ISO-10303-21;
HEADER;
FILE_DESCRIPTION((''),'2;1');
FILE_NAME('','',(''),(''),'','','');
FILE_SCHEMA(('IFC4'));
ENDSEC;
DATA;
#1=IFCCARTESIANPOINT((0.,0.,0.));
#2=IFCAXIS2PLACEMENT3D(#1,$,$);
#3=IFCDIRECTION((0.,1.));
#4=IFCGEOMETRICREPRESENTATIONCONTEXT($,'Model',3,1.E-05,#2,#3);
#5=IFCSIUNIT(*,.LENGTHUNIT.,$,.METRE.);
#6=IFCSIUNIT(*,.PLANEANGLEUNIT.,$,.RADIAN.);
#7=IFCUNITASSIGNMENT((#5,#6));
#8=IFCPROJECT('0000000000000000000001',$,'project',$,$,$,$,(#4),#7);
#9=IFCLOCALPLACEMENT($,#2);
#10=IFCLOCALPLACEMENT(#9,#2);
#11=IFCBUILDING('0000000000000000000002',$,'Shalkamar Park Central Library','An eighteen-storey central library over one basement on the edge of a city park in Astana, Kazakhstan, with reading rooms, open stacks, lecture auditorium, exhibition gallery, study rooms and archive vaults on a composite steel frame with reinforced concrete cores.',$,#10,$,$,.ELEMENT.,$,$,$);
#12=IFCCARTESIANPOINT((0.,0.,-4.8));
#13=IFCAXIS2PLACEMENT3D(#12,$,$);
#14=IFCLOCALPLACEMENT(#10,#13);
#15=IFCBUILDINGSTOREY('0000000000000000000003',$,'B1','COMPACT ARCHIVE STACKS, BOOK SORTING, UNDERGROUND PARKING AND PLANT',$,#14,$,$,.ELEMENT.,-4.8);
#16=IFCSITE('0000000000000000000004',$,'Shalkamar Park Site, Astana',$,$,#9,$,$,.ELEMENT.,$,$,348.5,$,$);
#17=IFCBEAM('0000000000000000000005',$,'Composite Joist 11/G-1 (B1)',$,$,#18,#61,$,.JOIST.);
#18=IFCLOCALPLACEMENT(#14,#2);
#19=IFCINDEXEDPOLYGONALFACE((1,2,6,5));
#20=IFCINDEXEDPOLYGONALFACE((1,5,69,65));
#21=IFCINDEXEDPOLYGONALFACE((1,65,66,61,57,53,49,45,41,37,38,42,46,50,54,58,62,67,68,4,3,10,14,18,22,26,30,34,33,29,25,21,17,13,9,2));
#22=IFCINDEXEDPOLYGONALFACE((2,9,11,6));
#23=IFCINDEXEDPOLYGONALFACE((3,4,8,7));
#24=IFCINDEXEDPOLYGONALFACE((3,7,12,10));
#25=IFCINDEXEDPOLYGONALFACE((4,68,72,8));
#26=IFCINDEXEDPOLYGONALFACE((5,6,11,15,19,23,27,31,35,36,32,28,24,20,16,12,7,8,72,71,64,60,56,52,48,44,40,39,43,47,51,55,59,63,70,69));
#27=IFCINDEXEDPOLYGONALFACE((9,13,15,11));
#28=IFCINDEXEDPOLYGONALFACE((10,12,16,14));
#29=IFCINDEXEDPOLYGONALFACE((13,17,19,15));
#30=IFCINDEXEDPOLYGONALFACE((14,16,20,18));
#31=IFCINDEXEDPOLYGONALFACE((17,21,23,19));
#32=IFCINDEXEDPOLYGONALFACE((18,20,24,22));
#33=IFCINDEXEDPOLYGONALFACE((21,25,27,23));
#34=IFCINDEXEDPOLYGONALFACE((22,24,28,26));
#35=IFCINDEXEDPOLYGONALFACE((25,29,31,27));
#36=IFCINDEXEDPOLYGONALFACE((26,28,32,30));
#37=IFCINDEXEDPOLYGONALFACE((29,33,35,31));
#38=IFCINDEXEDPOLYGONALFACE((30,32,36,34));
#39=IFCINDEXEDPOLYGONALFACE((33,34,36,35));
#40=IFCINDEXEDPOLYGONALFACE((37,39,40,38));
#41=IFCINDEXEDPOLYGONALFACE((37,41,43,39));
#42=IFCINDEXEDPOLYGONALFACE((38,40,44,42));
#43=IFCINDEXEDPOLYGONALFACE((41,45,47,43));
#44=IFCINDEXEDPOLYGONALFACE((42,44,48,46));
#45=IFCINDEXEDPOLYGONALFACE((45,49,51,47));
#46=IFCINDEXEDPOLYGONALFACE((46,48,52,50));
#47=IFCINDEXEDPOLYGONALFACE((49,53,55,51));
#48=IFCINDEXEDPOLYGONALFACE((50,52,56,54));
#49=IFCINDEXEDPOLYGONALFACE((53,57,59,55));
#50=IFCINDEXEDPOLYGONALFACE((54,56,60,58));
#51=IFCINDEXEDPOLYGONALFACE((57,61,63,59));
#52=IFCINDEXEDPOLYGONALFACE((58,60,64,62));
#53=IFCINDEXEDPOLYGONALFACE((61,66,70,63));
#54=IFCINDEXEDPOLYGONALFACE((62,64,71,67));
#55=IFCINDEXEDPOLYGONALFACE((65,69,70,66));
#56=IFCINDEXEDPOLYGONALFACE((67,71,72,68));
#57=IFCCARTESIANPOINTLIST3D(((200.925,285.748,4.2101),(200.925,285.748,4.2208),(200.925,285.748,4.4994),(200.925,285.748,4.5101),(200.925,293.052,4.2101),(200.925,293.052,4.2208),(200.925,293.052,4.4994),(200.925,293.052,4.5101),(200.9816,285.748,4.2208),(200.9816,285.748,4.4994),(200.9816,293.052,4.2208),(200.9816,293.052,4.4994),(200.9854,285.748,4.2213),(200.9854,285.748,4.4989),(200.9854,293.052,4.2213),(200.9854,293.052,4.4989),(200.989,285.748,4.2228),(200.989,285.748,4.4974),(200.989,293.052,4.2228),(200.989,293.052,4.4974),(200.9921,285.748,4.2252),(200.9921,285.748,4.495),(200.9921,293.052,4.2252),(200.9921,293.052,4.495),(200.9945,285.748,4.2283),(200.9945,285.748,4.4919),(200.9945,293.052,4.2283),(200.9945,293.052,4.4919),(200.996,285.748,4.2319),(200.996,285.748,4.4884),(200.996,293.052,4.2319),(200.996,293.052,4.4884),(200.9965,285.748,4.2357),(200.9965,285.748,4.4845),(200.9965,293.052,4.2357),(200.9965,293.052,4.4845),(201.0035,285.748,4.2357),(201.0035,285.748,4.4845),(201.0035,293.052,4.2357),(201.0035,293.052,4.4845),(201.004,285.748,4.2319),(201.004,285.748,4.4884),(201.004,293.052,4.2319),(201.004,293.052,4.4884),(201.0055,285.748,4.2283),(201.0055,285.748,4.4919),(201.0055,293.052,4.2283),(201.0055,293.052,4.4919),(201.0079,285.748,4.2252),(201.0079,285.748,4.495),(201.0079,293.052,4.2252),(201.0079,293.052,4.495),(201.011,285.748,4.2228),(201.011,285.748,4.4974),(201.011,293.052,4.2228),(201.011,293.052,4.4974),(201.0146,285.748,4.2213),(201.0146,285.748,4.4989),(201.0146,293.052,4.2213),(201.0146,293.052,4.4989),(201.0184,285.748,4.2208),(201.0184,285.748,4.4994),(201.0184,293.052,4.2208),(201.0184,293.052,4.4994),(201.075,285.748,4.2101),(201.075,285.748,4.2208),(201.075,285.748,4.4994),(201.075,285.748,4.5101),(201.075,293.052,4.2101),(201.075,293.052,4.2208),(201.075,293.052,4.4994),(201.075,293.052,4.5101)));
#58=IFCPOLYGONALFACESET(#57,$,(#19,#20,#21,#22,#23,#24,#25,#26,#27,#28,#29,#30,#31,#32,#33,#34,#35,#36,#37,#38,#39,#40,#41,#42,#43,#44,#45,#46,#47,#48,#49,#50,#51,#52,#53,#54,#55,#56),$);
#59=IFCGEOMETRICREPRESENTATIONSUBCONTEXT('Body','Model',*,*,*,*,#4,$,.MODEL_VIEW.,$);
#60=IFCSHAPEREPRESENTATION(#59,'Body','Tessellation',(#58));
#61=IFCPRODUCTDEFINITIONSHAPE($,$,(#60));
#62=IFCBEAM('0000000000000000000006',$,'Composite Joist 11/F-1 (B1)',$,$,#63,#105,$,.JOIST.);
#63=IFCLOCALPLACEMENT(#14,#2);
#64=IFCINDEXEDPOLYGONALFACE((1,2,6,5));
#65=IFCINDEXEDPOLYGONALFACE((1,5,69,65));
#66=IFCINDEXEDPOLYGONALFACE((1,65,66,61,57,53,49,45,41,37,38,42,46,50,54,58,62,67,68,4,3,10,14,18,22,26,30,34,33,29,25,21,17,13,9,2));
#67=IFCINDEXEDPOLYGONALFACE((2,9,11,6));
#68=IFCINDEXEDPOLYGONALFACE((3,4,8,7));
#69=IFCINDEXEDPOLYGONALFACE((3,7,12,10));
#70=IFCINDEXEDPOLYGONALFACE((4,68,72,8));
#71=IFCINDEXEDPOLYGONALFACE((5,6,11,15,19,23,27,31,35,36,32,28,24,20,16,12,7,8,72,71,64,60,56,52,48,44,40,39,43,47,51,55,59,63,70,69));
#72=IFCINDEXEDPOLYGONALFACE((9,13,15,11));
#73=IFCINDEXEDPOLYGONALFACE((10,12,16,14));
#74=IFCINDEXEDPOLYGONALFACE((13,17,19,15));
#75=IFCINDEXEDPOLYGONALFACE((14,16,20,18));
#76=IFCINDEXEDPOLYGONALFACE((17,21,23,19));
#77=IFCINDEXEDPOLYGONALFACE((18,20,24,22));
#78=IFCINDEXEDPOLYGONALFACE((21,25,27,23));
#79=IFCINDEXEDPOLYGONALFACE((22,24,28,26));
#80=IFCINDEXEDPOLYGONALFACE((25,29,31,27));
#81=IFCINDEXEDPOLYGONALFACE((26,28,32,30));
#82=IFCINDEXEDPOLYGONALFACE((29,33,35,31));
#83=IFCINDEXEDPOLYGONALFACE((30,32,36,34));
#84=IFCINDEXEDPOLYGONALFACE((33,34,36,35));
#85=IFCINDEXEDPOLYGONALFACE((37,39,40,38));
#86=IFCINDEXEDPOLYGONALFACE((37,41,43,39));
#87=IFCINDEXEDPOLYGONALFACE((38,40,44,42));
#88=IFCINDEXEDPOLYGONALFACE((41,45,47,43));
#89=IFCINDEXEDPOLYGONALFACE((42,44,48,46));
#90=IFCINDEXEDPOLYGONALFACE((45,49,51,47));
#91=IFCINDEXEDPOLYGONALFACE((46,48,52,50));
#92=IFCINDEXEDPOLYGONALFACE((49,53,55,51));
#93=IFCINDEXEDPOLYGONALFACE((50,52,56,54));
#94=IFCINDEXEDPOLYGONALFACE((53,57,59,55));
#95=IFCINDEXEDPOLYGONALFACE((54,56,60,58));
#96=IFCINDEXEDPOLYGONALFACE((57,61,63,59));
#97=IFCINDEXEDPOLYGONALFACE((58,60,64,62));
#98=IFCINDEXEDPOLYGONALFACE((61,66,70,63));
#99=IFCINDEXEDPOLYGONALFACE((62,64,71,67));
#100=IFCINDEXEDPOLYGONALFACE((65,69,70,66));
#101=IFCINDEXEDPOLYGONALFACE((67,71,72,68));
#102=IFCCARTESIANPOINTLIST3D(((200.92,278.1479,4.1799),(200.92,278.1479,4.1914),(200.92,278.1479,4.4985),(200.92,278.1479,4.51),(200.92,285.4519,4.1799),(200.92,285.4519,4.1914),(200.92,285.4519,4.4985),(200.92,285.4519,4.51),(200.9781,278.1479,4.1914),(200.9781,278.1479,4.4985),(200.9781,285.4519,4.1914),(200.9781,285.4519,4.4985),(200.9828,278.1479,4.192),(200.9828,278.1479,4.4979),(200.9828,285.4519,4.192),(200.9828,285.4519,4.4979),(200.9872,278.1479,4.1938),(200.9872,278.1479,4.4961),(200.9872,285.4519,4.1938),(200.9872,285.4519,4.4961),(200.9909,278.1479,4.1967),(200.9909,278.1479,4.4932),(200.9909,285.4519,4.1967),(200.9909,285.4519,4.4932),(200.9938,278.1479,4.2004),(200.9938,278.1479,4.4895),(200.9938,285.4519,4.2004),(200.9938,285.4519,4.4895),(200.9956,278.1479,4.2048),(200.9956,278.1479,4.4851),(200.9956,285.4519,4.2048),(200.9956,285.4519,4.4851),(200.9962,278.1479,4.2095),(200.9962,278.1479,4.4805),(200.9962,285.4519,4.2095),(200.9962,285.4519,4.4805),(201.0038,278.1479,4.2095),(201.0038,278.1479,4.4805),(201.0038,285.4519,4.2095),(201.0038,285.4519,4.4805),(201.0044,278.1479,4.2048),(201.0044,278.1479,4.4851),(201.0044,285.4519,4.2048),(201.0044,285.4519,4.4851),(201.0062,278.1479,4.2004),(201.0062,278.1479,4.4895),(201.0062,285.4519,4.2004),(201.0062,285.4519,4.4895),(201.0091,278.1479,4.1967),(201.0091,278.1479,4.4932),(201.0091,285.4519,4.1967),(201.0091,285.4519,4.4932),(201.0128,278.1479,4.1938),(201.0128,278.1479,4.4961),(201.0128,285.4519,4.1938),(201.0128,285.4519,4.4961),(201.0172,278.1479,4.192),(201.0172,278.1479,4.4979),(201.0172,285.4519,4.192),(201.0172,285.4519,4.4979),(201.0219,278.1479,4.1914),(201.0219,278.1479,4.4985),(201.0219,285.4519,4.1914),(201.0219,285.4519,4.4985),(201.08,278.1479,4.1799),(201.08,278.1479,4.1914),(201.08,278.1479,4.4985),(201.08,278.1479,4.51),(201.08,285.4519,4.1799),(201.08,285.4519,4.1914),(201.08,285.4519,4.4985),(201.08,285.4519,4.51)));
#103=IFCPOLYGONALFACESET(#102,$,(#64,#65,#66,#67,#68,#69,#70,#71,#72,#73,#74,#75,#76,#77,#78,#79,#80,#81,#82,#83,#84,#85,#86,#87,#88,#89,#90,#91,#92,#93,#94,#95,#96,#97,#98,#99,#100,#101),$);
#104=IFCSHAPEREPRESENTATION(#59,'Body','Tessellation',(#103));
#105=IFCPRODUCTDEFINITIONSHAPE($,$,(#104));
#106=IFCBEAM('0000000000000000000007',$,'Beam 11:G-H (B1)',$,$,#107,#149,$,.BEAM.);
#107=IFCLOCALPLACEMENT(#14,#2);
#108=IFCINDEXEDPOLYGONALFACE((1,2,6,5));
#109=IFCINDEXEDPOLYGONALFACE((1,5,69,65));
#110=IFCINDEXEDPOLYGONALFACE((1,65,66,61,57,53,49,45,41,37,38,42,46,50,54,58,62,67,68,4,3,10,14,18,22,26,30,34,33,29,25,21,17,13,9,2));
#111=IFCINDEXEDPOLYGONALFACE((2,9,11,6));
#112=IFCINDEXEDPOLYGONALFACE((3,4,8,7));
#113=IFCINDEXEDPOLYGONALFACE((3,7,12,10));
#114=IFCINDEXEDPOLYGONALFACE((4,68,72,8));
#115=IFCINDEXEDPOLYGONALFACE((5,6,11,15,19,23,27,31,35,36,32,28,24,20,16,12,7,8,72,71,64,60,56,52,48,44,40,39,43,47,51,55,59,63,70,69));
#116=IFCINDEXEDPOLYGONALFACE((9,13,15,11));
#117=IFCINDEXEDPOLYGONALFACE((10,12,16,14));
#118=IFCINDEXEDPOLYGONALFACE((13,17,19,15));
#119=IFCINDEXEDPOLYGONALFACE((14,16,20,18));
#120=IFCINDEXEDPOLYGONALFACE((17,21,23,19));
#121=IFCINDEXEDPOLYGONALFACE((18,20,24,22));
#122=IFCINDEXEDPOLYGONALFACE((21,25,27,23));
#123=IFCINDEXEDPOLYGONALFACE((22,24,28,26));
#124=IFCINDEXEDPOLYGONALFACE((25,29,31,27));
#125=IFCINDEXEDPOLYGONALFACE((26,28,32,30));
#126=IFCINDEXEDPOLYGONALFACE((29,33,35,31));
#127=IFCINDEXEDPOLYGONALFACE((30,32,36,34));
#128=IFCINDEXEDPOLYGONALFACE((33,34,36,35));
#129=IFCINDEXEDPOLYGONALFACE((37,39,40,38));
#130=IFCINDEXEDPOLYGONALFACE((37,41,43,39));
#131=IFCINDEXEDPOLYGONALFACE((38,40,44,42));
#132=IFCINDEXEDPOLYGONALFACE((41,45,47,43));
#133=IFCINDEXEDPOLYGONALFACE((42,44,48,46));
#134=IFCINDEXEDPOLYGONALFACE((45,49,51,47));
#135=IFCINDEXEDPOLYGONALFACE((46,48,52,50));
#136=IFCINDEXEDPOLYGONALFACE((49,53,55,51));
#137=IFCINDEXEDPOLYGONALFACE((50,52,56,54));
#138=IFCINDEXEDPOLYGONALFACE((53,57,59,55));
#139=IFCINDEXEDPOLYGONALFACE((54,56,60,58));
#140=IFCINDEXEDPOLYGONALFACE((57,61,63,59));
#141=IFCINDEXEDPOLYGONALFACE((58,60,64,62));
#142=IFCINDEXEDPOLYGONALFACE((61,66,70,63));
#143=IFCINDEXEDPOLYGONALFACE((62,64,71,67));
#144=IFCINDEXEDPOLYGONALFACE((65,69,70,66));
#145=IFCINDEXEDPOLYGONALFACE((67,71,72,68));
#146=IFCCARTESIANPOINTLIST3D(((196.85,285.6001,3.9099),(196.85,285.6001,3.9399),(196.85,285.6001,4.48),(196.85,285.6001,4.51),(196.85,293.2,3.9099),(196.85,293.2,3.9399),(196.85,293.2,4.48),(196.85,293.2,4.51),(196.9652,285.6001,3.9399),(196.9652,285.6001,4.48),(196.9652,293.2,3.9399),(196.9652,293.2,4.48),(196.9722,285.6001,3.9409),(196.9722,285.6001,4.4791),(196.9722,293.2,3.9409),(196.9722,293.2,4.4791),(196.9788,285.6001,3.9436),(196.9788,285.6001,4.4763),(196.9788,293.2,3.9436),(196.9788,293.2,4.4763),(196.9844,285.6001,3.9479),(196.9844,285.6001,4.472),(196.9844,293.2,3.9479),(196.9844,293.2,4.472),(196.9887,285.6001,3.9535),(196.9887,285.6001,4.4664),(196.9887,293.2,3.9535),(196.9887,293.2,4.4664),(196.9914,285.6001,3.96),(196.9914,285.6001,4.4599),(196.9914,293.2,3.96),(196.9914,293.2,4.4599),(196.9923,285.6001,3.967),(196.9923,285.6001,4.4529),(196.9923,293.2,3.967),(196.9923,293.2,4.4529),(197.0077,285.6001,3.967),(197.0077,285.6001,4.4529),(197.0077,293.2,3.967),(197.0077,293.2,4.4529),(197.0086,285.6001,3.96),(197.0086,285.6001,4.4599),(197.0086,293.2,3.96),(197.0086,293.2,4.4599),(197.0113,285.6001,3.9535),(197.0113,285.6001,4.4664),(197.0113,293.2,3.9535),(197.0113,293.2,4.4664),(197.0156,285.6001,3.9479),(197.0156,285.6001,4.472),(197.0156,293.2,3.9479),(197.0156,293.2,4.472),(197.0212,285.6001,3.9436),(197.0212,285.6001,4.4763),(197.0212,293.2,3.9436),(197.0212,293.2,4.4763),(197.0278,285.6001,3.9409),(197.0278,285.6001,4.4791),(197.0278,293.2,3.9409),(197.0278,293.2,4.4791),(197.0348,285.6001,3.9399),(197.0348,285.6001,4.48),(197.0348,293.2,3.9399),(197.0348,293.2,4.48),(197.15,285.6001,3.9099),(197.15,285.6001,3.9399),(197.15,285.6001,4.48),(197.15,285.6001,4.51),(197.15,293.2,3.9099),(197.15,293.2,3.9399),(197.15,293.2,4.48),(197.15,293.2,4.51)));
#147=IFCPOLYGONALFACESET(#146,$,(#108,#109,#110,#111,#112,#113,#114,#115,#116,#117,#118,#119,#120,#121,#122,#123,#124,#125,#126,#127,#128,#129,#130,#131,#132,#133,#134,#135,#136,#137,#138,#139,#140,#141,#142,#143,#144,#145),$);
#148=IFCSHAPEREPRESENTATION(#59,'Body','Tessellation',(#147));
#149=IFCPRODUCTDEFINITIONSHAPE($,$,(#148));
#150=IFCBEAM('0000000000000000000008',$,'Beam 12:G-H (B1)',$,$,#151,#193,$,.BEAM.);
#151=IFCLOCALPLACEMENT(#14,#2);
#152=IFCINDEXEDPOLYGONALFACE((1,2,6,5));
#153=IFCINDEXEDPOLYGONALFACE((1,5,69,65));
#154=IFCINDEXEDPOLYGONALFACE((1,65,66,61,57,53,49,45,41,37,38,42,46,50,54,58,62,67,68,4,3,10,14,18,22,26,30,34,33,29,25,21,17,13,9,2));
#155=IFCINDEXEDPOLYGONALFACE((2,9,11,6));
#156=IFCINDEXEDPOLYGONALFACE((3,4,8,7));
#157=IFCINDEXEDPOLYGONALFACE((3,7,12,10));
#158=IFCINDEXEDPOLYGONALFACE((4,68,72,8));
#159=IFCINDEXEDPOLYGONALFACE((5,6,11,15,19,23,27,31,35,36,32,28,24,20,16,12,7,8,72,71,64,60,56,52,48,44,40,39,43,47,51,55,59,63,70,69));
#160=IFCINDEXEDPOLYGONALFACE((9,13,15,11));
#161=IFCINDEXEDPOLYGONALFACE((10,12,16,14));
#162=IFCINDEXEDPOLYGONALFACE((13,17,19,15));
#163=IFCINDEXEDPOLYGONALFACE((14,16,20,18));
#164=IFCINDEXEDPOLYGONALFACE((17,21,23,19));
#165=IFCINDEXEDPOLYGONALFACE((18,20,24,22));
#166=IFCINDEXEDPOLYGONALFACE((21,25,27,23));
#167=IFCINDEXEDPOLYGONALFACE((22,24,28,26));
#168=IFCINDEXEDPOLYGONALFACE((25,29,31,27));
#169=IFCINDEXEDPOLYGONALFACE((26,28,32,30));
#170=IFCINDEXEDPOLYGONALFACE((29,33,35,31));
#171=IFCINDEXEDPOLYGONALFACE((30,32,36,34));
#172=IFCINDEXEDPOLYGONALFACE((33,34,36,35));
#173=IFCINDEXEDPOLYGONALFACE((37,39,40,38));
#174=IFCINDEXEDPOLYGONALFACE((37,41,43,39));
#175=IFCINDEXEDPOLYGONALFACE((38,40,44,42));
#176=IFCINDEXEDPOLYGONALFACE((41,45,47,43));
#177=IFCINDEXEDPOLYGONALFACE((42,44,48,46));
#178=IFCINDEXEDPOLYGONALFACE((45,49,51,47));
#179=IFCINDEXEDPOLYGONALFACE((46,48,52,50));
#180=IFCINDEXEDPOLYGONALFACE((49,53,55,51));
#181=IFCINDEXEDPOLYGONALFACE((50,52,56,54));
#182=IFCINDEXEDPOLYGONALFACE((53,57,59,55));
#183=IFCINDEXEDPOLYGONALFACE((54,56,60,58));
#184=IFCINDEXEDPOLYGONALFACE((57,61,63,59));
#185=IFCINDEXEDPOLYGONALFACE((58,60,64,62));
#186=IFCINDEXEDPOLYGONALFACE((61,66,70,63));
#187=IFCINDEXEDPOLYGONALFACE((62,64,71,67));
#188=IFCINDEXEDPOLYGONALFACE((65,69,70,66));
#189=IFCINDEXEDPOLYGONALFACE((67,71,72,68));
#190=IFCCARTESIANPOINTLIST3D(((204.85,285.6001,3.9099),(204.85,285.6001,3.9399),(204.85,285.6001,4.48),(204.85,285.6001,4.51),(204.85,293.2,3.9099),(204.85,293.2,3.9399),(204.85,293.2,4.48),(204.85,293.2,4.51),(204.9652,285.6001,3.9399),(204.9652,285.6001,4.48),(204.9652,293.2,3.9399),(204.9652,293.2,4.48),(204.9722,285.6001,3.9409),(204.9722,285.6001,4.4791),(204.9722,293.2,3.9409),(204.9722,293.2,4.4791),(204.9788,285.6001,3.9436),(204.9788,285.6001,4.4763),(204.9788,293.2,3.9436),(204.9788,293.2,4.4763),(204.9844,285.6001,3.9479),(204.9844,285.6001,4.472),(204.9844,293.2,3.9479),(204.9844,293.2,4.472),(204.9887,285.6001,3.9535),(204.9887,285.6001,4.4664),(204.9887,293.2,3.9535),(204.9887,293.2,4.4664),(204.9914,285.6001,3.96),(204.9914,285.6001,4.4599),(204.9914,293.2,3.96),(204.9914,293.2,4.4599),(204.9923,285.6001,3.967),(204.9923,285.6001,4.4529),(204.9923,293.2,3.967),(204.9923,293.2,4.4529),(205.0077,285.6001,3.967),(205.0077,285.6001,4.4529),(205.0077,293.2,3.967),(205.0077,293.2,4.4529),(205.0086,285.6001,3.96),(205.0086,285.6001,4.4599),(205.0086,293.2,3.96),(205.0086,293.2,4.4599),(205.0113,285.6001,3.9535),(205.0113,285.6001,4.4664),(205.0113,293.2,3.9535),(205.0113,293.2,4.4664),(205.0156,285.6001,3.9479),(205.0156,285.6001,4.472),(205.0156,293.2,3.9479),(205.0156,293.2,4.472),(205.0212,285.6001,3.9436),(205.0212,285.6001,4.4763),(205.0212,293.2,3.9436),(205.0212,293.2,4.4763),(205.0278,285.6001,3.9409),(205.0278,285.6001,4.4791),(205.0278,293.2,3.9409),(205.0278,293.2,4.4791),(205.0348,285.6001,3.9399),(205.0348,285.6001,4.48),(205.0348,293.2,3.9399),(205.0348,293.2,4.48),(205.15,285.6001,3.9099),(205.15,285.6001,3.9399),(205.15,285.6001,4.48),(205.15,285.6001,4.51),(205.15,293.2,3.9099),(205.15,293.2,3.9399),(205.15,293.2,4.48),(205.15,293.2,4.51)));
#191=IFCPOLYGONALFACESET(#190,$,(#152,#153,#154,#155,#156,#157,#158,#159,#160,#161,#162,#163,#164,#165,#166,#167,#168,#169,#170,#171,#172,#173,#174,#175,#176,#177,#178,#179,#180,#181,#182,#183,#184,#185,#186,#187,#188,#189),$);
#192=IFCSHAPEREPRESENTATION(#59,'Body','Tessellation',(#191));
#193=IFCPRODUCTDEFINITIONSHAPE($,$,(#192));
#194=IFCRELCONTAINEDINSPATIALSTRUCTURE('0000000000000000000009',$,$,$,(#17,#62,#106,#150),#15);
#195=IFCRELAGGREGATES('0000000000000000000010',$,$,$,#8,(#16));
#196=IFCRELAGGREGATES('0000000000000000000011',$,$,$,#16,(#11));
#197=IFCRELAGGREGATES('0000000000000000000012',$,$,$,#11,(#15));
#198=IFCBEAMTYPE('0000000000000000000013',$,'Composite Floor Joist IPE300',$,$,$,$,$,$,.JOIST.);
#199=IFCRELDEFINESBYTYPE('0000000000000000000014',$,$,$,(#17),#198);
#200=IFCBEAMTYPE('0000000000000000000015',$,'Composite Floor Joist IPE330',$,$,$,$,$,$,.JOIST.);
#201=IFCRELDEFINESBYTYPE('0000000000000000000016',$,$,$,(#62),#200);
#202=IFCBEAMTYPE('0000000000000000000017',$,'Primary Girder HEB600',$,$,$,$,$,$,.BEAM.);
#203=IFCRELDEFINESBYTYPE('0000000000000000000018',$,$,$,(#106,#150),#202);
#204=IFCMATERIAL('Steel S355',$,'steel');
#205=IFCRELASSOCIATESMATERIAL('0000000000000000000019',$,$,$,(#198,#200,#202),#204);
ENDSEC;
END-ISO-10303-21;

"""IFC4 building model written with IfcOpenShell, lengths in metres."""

from ifc_helpers import new_model, si_unit, direction, frame, origin, origin_2d, place, context, subcontext, project, spatial, i_section, extrude, material, material_profile, profile_set, type_object, element, save


model = new_model("IFC4")

# Units and contexts
model_context = context("Model", 3, precision=1e-05, world=origin(), true_north=direction((0.0, 1.0)))
body_context = subcontext(model_context, "Body", "Model", "MODEL_VIEW")
ifc_project = project(units=[si_unit("LENGTHUNIT", "METRE"), si_unit("PLANEANGLEUNIT", "RADIAN")], contexts=[model_context])

# Site, building, storey
site_placement = place(None, origin())
site = spatial("IfcSite", under=ifc_project, at=site_placement, Name="Shalkamar Park Site, Astana", CompositionType="ELEMENT", RefElevation=348.5)
building_placement = place(site_placement, origin())
building = spatial("IfcBuilding", under=site, at=building_placement, Name="Shalkamar Park Central Library", Description="An eighteen-storey central library over one basement on the edge of a city park in Astana, Kazakhstan, with reading rooms, open stacks, lecture auditorium, exhibition gallery, study rooms and archive vaults on a composite steel frame with reinforced concrete cores.", CompositionType="ELEMENT")
storey_placement = place(building_placement, frame((0.0, 0.0, -4.8)))
storey = spatial("IfcBuildingStorey", under=building, at=storey_placement, Name="B1", Description="COMPACT ARCHIVE STACKS, BOOK SORTING, UNDERGROUND PARKING AND PLANT", CompositionType="ELEMENT", Elevation=-4.8)

# Shared definitions
ifc_material_1 = material(Name="Steel S355", Category="steel")

# Beams
ifc_material_profile_1 = material_profile(ifc_material_1, i_section(OverallWidth=0.1499, OverallDepth=0.3, WebThickness=0.0071, FlangeThickness=0.0107, FilletRadius=0.0149, at=origin_2d()), Name="IPE 300")
ifc_profile_set_1 = profile_set([ifc_material_profile_1], Name="Steel S355")
beam_type_1 = type_object("IfcBeamType", Name="Composite Floor Joist IPE300", PredefinedType="JOIST", material=ifc_profile_set_1)
beam_1_placement = place(storey_placement, frame((201.0, 285.748, 4.3601), z_axis=(0.0, 1.0, 0.0), x_axis=(-1.0, 0.0, 0.0)))
element("IfcBeam", 1, at=beam_1_placement, inside=storey, type_object=beam_type_1, Name="Composite Joist 11/G-1 (B1)", PredefinedType="JOIST", context=body_context, shape_type="SweptSolid", body=[
    extrude(i_section(OverallWidth=0.1499, OverallDepth=0.3, WebThickness=0.0071, FlangeThickness=0.0107, FilletRadius=0.0149, at=origin_2d()), origin(), (0.0, 0.0, 1.0), 7.304),
])
ifc_material_profile_2 = material_profile(ifc_material_1, i_section(OverallWidth=0.1599, OverallDepth=0.3301, WebThickness=0.0076, FlangeThickness=0.0115, FilletRadius=0.0181, at=origin_2d()), Name="IPE 330")
ifc_profile_set_2 = profile_set([ifc_material_profile_2], Name="Steel S355")
beam_type_2 = type_object("IfcBeamType", Name="Composite Floor Joist IPE330", PredefinedType="JOIST", material=ifc_profile_set_2)
beam_2_placement = place(storey_placement, frame((201.0, 278.1479, 4.345), z_axis=(0.0, 1.0, 0.0), x_axis=(-1.0, 0.0, 0.0)))
element("IfcBeam", 2, at=beam_2_placement, inside=storey, type_object=beam_type_2, Name="Composite Joist 11/F-1 (B1)", PredefinedType="JOIST", context=body_context, shape_type="SweptSolid", body=[
    extrude(i_section(OverallWidth=0.1599, OverallDepth=0.3301, WebThickness=0.0076, FlangeThickness=0.0115, FilletRadius=0.0181, at=origin_2d()), origin(), (0.0, 0.0, 1.0), 7.304),
])
ifc_material_profile_3 = material_profile(ifc_material_1, i_section(OverallWidth=0.3, OverallDepth=0.6001, WebThickness=0.0154, FlangeThickness=0.03, FilletRadius=0.0271, at=origin_2d()), Name="HEB 600")
ifc_profile_set_3 = profile_set([ifc_material_profile_3], Name="Steel S355")
beam_type_3 = type_object("IfcBeamType", Name="Primary Girder HEB600", PredefinedType="BEAM", material=ifc_profile_set_3)
for number, where, z_axis, x_axis, name in (
    (3, (197.0, 285.6001, 4.21), (0.0, 1.0, 0.0), (-1.0, 0.0, 0.0), "Beam 11:G-H (B1)"),
    (4, (205.0, 285.6001, 4.21), (0.0, 1.0, 0.0), (-1.0, 0.0, 0.0), "Beam 12:G-H (B1)"),
):
    element("IfcBeam", number, at=place(storey_placement, frame(where, z_axis=z_axis, x_axis=x_axis)), inside=storey, type_object=beam_type_3, Name=name, PredefinedType="BEAM", context=body_context, shape_type="SweptSolid", body=[
        extrude(i_section(OverallWidth=0.3, OverallDepth=0.6001, WebThickness=0.0154, FlangeThickness=0.03, FilletRadius=0.0271, at=origin_2d()), origin(), (0.0, 0.0, 1.0), 7.5999),
    ])

save(model, "model.ifc")
